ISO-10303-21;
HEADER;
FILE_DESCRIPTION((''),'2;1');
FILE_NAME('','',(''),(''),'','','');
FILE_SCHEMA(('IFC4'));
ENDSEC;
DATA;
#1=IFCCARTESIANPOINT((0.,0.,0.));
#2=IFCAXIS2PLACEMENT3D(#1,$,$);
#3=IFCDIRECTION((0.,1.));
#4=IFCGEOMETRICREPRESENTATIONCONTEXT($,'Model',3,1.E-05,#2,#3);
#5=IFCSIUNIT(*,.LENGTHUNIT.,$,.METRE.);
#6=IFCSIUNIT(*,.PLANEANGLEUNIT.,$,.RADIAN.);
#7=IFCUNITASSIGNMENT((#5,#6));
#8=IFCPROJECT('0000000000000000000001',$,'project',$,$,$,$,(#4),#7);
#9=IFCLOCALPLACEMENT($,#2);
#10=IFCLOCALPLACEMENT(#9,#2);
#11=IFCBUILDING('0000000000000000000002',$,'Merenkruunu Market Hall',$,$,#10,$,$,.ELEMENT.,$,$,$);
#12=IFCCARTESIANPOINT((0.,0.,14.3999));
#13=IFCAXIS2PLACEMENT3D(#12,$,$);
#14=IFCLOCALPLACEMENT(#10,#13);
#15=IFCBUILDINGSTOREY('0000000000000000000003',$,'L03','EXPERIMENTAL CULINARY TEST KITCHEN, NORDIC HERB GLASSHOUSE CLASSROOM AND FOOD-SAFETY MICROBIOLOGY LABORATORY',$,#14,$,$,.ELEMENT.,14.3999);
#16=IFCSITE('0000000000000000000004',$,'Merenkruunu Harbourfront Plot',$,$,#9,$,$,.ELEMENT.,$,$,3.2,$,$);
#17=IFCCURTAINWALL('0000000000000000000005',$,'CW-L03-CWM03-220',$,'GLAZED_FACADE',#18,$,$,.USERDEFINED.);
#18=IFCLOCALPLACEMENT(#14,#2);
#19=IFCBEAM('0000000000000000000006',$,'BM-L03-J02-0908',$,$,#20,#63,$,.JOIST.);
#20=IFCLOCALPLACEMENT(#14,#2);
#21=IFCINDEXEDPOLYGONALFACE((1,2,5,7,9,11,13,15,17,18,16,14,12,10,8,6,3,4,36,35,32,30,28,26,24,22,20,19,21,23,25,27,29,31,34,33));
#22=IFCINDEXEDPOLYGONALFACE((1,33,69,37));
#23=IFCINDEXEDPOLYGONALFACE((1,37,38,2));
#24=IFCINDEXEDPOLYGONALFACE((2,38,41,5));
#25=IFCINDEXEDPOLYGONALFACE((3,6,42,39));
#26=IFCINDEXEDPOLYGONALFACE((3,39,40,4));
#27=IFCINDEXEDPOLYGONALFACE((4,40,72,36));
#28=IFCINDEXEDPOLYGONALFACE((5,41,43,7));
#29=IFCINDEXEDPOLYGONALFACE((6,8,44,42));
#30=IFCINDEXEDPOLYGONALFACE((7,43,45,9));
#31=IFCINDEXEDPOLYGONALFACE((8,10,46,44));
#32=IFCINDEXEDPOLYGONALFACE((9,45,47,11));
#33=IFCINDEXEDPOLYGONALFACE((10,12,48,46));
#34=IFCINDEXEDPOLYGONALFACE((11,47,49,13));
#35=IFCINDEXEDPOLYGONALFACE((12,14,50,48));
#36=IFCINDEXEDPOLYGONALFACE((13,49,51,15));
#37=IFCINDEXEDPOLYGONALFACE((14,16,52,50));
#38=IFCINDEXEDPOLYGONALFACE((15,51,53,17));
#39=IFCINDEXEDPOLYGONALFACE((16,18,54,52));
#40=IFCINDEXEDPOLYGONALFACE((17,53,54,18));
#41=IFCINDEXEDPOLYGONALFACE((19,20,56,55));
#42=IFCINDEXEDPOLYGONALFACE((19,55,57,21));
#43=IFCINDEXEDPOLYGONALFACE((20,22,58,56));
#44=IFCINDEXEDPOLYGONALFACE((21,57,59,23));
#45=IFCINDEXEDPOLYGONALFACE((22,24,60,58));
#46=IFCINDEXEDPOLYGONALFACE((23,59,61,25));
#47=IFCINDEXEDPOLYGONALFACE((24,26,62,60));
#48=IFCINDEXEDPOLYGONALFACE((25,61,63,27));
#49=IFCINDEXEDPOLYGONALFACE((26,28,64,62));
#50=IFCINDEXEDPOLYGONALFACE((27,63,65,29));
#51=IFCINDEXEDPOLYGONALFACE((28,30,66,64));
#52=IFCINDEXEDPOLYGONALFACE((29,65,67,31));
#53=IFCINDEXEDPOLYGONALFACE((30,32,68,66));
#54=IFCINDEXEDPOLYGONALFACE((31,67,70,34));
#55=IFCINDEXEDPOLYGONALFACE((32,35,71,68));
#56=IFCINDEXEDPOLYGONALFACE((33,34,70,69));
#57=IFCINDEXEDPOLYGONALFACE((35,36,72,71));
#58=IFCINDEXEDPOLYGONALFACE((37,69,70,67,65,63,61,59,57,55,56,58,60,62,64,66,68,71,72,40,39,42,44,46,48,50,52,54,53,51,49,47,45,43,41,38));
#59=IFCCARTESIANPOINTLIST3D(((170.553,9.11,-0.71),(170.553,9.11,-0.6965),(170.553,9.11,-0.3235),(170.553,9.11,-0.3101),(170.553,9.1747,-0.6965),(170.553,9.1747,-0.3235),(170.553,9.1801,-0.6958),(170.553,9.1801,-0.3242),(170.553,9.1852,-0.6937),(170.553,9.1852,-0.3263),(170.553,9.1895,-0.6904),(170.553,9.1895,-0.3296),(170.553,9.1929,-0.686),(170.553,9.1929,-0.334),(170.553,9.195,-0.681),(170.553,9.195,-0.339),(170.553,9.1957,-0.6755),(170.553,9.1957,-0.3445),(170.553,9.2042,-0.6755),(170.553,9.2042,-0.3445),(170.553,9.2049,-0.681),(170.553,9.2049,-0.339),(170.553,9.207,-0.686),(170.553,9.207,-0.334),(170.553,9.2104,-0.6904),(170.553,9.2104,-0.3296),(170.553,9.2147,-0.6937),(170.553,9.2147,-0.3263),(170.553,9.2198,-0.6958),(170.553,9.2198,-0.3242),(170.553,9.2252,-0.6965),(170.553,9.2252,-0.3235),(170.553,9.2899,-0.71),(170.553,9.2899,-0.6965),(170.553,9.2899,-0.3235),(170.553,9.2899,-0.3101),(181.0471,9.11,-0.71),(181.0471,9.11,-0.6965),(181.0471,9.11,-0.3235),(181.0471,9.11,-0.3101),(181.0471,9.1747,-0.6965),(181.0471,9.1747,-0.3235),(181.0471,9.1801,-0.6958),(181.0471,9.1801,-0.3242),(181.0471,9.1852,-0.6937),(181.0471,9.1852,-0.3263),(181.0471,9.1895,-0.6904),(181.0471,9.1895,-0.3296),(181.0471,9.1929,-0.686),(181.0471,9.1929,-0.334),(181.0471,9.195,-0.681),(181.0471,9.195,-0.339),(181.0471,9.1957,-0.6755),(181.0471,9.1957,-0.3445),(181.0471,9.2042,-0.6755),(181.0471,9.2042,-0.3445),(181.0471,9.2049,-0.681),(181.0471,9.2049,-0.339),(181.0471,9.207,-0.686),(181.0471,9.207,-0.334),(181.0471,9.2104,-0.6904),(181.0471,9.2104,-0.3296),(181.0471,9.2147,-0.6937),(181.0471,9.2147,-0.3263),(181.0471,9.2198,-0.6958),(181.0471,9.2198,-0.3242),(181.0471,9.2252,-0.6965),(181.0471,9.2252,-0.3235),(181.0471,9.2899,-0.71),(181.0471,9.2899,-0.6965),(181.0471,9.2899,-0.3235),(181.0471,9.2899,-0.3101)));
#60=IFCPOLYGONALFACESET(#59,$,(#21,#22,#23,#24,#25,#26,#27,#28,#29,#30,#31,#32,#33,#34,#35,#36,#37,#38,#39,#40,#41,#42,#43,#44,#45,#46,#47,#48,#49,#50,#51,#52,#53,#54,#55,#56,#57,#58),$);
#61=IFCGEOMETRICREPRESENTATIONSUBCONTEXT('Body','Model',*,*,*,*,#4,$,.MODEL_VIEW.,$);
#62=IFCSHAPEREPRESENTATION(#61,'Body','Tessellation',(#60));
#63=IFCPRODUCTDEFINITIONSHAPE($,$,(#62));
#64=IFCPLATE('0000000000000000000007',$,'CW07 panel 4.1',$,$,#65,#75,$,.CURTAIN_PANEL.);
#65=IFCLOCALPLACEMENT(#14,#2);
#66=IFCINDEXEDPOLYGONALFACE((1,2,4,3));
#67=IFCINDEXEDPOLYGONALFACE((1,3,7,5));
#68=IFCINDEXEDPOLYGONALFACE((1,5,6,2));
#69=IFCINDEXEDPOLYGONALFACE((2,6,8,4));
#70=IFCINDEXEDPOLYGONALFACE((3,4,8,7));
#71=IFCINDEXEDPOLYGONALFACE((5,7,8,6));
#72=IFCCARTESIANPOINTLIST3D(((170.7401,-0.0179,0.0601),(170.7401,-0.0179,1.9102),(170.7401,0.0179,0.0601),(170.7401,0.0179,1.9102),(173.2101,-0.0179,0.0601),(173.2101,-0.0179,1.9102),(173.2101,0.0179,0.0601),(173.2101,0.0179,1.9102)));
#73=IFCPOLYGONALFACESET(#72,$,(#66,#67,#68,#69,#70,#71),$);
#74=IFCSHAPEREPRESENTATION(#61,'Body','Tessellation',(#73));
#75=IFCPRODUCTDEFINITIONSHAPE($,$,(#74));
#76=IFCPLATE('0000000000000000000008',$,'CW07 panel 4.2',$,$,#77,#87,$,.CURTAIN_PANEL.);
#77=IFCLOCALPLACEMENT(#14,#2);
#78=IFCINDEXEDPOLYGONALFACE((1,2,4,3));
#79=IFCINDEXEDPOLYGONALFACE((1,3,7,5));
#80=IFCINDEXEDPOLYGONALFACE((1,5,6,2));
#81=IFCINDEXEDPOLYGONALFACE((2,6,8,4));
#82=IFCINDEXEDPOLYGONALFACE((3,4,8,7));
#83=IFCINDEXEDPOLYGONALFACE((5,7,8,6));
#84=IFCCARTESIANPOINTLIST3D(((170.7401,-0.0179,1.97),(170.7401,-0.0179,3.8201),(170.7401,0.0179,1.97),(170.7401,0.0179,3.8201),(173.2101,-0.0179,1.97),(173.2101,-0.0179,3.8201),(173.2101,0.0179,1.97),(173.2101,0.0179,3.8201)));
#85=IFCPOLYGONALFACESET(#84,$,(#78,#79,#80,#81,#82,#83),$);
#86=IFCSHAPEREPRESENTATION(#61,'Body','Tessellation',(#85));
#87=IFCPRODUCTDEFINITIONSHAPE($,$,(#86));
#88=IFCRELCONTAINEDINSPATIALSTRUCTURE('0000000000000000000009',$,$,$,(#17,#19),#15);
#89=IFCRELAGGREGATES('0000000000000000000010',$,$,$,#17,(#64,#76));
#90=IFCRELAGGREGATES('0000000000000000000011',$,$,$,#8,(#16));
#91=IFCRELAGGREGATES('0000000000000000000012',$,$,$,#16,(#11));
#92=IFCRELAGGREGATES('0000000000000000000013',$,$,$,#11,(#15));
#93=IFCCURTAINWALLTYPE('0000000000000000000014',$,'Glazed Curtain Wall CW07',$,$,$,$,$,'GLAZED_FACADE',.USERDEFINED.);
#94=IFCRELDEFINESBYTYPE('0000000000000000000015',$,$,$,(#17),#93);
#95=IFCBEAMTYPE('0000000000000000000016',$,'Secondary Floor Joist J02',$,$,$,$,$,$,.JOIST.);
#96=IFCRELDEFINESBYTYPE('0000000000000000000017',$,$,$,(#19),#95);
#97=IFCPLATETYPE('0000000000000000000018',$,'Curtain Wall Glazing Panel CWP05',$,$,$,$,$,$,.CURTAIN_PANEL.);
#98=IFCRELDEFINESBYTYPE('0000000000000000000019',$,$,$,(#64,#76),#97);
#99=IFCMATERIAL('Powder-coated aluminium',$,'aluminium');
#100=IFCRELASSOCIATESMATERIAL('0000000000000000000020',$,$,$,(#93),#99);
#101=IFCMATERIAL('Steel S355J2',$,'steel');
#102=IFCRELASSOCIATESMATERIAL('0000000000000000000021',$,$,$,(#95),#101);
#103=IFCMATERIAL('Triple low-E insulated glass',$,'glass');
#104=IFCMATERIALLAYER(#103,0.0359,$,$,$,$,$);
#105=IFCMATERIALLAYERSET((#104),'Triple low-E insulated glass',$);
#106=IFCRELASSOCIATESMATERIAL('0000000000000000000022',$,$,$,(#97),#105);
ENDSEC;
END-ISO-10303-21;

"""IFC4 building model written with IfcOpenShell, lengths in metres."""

from ifc_helpers import new_model, si_unit, direction, frame, origin, origin_2d, place, context, subcontext, project, spatial, rectangle, i_section, extrude, material, layer, layer_set, material_profile, profile_set, type_object, element, aggregate, save


model = new_model("IFC4")

# Units and contexts
model_context = context("Model", 3, precision=1e-05, world=origin(), true_north=direction((0.0, 1.0)))
body_context = subcontext(model_context, "Body", "Model", "MODEL_VIEW")
ifc_project = project(units=[si_unit("LENGTHUNIT", "METRE"), si_unit("PLANEANGLEUNIT", "RADIAN")], contexts=[model_context])

# Site, building, storey
site_placement = place(None, origin())
site = spatial("IfcSite", under=ifc_project, at=site_placement, Name="Merenkruunu Harbourfront Plot", CompositionType="ELEMENT", RefElevation=3.2)
building_placement = place(site_placement, origin())
building = spatial("IfcBuilding", under=site, at=building_placement, Name="Merenkruunu Market Hall", CompositionType="ELEMENT")
storey_placement = place(building_placement, frame((0.0, 0.0, 14.3999)))
storey = spatial("IfcBuildingStorey", under=building, at=storey_placement, Name="L03", Description="EXPERIMENTAL CULINARY TEST KITCHEN, NORDIC HERB GLASSHOUSE CLASSROOM AND FOOD-SAFETY MICROBIOLOGY LABORATORY", CompositionType="ELEMENT", Elevation=14.3999)

# Shared definitions
ifc_material_1 = material(Name="Steel S355J2", Category="steel")

# Curtain wall
ifc_material_2 = material(Name="Powder-coated aluminium", Category="aluminium")
curtain_wall_type = type_object("IfcCurtainWallType", Name="Glazed Curtain Wall CW07", ElementType="GLAZED_FACADE", PredefinedType="USERDEFINED", material=ifc_material_2)
curtain_wall_placement = place(storey_placement, origin())
curtain_wall = element("IfcCurtainWall", 1, at=curtain_wall_placement, inside=storey, type_object=curtain_wall_type, Name="CW-L03-CWM03-220", ObjectType="GLAZED_FACADE", PredefinedType="USERDEFINED")

# Beam
ifc_material_profile_1 = material_profile(ifc_material_1, i_section(OverallWidth=0.1799, OverallDepth=0.3999, WebThickness=0.0085, FlangeThickness=0.0134, FilletRadius=0.021, at=origin_2d()), Name="IPE 400")
ifc_profile_set_1 = profile_set([ifc_material_profile_1], Name="Steel S355J2")
beam_type_1 = type_object("IfcBeamType", Name="Secondary Floor Joist J02", PredefinedType="JOIST", material=ifc_profile_set_1)
for number, where, z_axis, x_axis, name in (
    (2, (170.553, 9.2, -0.51), (1.0, 0.0, 0.0), (0.0, 1.0, 0.0), "BM-L03-J02-0908"),
):
    element("IfcBeam", number, at=place(storey_placement, frame(where, z_axis=z_axis, x_axis=x_axis)), inside=storey, type_object=beam_type_1, Name=name, PredefinedType="JOIST", context=body_context, shape_type="SweptSolid", body=[
        extrude(i_section(OverallWidth=0.1799, OverallDepth=0.3999, WebThickness=0.0085, FlangeThickness=0.0134, FilletRadius=0.021, at=origin_2d()), origin(), (0.0, 0.0, 1.0), 10.4941),
    ])

# Plates
ifc_material_3 = material(Name="Triple low-E insulated glass", Category="glass")
ifc_layer_1 = layer(ifc_material_3, 0.0359)
ifc_layer_set_1 = layer_set([ifc_layer_1], Name="Triple low-E insulated glass")
plate_type = type_object("IfcPlateType", Name="Curtain Wall Glazing Panel CWP05", PredefinedType="CURTAIN_PANEL", material=ifc_layer_set_1)
plate_1_placement = place(storey_placement, frame((171.9751, 0.0, 0.0601), z_axis=(0.0, 0.0, 1.0), x_axis=(-1.0, 0.0, 0.0)))
plate_1 = element("IfcPlate", 3, at=plate_1_placement, type_object=plate_type, Name="CW07 panel 4.1", PredefinedType="CURTAIN_PANEL", context=body_context, shape_type="SweptSolid", body=[
    extrude(rectangle(XDim=2.47, YDim=0.0359, at=origin_2d()), origin(), (0.0, 0.0, 1.0), 1.8501),
])
plate_2_placement = place(storey_placement, frame((171.9751, 0.0, 1.97), z_axis=(0.0, 0.0, 1.0), x_axis=(-1.0, 0.0, 0.0)))
plate_2 = element("IfcPlate", 4, at=plate_2_placement, type_object=plate_type, Name="CW07 panel 4.2", PredefinedType="CURTAIN_PANEL", context=body_context, shape_type="SweptSolid", body=[
    extrude(rectangle(XDim=2.47, YDim=0.0359, at=origin_2d()), origin(), (0.0, 0.0, 1.0), 1.8501),
])
aggregate(curtain_wall, [plate_1, plate_2])

save(model, "model.ifc")
